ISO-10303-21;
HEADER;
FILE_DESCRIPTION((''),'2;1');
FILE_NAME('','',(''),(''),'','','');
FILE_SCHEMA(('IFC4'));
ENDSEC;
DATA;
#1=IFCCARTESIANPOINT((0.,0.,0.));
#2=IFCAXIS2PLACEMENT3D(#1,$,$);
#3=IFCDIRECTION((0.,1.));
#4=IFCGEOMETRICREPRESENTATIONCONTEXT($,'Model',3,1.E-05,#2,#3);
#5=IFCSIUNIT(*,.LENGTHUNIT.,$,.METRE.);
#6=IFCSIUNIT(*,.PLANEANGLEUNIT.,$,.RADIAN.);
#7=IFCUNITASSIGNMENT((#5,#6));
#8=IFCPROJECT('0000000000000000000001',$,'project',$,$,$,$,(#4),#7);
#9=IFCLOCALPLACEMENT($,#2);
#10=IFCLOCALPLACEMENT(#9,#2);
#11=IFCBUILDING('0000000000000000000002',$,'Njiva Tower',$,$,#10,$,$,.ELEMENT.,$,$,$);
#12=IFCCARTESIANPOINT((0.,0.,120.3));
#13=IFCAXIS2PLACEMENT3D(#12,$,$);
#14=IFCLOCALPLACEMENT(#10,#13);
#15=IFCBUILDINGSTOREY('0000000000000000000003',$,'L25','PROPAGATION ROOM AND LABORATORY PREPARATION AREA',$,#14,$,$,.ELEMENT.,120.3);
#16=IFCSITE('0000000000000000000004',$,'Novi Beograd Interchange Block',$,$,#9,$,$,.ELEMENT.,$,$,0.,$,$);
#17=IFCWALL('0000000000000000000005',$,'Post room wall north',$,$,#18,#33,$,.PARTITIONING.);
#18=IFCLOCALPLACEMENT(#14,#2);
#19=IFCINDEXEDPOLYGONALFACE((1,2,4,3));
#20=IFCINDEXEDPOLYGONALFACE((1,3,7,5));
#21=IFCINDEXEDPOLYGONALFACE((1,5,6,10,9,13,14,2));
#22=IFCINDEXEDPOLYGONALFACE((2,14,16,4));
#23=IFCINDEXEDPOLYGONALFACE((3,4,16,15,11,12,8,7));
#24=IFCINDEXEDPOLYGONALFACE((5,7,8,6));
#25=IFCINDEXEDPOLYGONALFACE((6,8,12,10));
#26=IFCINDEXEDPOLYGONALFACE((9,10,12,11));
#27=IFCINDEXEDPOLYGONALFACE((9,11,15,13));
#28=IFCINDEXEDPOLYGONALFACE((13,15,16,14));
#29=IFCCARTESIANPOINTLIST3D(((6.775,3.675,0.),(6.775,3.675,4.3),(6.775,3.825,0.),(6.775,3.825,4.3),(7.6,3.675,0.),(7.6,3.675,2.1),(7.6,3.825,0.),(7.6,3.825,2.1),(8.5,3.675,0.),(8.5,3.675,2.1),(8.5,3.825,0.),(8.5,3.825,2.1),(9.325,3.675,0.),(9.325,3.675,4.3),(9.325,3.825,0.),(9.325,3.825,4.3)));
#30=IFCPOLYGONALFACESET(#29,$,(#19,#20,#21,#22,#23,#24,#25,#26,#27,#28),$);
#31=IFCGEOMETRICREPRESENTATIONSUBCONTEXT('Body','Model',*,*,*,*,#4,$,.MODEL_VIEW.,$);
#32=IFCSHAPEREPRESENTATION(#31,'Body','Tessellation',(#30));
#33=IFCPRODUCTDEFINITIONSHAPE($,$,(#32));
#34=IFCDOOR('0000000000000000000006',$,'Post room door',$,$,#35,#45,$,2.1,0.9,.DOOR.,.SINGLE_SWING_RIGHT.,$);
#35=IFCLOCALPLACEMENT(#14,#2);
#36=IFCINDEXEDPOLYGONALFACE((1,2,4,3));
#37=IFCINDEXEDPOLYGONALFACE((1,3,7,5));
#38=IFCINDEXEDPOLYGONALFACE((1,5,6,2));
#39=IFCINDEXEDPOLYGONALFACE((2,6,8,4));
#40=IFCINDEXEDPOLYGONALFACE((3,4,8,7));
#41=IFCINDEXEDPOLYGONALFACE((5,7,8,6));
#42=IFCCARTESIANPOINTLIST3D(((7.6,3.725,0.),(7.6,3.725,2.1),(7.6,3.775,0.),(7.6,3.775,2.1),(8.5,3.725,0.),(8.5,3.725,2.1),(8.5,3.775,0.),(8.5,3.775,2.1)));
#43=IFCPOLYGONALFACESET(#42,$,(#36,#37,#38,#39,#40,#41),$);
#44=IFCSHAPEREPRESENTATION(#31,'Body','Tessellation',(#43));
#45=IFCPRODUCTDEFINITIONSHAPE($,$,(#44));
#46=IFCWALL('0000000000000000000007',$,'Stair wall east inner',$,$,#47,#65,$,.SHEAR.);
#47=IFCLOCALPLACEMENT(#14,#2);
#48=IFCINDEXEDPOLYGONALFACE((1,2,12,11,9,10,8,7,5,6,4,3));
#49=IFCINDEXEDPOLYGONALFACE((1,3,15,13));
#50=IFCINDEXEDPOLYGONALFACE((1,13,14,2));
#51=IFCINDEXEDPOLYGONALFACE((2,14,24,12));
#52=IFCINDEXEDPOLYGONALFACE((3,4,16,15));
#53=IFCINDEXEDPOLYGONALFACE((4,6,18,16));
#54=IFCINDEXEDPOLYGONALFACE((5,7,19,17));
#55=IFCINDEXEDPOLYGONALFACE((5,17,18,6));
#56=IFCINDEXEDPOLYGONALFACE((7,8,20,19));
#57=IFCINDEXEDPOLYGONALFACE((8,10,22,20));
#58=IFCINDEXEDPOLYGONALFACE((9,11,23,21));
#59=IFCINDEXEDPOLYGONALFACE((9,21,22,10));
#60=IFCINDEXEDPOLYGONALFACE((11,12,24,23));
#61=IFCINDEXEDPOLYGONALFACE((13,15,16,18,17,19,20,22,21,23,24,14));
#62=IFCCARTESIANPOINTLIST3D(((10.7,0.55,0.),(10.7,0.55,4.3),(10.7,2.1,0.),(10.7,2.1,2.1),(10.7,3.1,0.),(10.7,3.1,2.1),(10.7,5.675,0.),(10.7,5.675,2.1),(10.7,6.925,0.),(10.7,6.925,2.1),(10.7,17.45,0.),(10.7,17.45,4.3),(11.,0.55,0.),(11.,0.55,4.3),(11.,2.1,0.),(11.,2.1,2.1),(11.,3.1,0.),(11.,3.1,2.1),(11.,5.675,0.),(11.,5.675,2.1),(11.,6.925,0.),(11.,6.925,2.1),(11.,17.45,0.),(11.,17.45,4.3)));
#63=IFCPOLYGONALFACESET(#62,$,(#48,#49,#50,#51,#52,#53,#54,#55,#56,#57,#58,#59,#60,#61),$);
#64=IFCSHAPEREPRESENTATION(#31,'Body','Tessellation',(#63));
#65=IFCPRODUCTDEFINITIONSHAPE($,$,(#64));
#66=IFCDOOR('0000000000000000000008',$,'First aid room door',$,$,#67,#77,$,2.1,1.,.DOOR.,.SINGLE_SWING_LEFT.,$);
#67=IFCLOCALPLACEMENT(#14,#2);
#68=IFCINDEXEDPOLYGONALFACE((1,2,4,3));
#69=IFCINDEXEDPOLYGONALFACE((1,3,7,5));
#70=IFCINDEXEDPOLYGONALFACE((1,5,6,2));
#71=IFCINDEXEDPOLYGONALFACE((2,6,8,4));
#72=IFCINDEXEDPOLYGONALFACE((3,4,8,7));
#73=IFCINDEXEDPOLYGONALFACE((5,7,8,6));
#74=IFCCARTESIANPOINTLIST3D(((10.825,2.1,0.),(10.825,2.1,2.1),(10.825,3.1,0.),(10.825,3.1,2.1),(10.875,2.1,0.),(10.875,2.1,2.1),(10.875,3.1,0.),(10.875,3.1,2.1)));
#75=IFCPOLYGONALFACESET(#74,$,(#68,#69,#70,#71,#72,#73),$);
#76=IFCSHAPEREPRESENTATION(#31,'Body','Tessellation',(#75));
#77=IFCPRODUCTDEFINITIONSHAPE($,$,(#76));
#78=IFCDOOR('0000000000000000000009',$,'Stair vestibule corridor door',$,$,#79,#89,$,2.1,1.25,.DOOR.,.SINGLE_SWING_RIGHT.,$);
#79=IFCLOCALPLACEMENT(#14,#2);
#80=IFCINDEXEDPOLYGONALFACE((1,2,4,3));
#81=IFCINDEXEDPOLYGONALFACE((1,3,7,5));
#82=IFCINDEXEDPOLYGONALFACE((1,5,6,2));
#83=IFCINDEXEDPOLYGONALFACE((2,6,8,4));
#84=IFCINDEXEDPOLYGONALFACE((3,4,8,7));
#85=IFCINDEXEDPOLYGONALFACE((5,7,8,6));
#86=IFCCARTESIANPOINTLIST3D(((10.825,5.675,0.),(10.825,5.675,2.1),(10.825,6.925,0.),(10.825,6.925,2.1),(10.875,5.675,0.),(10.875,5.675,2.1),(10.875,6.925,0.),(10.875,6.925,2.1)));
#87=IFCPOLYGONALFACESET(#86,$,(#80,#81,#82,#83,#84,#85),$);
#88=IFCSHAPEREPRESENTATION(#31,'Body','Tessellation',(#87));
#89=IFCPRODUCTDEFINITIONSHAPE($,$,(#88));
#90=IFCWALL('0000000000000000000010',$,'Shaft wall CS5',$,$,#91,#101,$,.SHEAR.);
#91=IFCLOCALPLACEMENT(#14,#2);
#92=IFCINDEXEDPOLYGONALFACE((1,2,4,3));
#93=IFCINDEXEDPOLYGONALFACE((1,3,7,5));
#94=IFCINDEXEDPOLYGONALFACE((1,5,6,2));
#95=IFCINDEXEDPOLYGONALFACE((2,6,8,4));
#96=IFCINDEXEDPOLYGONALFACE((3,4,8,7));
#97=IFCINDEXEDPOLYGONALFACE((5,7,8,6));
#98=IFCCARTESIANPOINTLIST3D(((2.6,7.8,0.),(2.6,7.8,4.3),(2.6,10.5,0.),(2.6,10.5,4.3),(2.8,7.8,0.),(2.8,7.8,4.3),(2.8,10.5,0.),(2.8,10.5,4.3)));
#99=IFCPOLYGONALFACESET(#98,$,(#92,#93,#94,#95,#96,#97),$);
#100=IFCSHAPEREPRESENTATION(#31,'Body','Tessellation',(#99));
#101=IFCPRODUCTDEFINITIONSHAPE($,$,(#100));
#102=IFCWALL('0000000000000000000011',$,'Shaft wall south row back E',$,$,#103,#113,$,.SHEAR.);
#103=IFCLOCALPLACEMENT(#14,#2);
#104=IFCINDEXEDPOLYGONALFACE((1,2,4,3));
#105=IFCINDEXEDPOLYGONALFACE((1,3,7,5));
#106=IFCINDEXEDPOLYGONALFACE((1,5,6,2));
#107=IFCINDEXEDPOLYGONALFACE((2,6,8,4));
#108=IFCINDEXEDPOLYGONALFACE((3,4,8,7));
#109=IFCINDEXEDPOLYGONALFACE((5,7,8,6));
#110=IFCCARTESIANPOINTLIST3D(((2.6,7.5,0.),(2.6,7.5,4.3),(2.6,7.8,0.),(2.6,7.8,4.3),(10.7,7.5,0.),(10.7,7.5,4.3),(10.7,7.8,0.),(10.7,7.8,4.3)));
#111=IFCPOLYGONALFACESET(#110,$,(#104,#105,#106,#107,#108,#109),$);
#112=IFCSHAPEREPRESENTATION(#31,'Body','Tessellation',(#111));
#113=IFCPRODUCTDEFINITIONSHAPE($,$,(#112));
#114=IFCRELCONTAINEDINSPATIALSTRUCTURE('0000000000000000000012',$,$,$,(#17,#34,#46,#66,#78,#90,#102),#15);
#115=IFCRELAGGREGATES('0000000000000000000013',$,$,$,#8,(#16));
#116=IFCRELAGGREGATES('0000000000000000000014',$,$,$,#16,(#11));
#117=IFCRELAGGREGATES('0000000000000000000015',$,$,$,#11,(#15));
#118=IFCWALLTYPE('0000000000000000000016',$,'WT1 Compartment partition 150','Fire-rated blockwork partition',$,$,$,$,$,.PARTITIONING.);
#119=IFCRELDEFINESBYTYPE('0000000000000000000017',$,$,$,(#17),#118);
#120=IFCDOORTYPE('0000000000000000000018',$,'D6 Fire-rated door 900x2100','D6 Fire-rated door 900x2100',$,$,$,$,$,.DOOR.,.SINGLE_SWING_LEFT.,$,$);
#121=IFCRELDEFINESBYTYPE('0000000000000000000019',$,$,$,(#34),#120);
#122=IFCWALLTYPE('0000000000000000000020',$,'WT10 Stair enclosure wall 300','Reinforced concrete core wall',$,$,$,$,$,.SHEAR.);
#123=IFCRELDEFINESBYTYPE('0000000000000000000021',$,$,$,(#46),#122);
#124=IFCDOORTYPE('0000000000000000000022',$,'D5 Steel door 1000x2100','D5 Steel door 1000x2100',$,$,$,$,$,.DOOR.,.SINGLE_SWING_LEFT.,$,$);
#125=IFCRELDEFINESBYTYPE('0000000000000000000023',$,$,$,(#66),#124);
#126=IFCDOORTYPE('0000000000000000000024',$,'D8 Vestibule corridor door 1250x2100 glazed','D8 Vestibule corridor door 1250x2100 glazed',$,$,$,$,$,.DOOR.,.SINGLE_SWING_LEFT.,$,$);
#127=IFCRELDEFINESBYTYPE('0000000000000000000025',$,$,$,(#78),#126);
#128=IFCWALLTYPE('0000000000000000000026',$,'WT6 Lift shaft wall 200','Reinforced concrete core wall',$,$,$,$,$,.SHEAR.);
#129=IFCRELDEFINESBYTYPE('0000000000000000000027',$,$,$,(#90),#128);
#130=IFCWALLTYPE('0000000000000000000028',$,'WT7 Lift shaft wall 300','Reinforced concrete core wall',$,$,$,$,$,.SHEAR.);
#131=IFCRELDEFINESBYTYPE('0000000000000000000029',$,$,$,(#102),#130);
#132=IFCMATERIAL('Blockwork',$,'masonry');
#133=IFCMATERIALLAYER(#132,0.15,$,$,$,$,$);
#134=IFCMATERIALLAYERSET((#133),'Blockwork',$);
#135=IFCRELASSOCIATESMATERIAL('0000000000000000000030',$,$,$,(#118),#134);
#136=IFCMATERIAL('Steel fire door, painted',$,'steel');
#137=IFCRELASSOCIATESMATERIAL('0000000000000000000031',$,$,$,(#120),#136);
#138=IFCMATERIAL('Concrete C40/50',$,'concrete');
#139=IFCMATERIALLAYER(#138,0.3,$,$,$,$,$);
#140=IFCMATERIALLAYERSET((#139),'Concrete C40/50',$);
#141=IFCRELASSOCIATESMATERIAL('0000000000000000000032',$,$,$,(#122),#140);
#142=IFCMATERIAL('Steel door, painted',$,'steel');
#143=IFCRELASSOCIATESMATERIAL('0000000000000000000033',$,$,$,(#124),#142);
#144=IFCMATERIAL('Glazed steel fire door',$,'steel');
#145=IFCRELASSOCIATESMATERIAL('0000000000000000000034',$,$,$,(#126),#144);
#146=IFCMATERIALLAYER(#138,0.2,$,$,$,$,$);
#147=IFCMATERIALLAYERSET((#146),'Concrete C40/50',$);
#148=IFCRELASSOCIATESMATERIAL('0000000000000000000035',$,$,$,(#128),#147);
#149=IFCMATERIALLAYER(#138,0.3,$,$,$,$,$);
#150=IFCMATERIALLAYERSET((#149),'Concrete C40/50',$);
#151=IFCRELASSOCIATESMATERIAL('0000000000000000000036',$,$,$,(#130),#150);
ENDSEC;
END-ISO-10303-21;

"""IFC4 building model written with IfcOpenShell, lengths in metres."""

from ifc_helpers import new_model, si_unit, direction, frame, frame_2d, origin, place, context, subcontext, project, spatial, rectangle, extrude, material, layer, layer_set, type_object, element, fill, save


model = new_model("IFC4")

# Units and contexts
model_context = context("Model", 3, precision=1e-05, world=origin(), true_north=direction((0.0, 1.0)))
body_context = subcontext(model_context, "Body", "Model", "MODEL_VIEW")
ifc_project = project(units=[si_unit("LENGTHUNIT", "METRE"), si_unit("PLANEANGLEUNIT", "RADIAN")], contexts=[model_context])

# Site, building, storey
site_placement = place(None, origin())
site = spatial("IfcSite", under=ifc_project, at=site_placement, Name="Novi Beograd Interchange Block", CompositionType="ELEMENT", RefElevation=0.0)
building_placement = place(site_placement, origin())
building = spatial("IfcBuilding", under=site, at=building_placement, Name="Njiva Tower", CompositionType="ELEMENT")
storey_placement = place(building_placement, frame((0.0, 0.0, 120.3)))
storey = spatial("IfcBuildingStorey", under=building, at=storey_placement, Name="L25", Description="PROPAGATION ROOM AND LABORATORY PREPARATION AREA", CompositionType="ELEMENT", Elevation=120.3)

# Shared definitions
ifc_material_1 = material(Name="Concrete C40/50", Category="concrete")

# Shared definitions
ifc_material_2 = material(Name="Blockwork", Category="masonry")
ifc_layer_1 = layer(ifc_material_2, 0.15)
ifc_layer_set_1 = layer_set([ifc_layer_1], Name="Blockwork")
wall_type_1 = type_object("IfcWallType", Name="WT1 Compartment partition 150", Description="Fire-rated blockwork partition", PredefinedType="PARTITIONING", material=ifc_layer_set_1)

# Shared definitions
ifc_material_3 = material(Name="Steel fire door, painted", Category="steel")
door_type_1 = type_object("IfcDoorType", Name="D6 Fire-rated door 900x2100", Description="D6 Fire-rated door 900x2100", OperationType="SINGLE_SWING_LEFT", PredefinedType="DOOR", material=ifc_material_3)

# Wall, opening, door
wall_1_placement = place(storey_placement, frame((6.775, 3.75, 0.0), z_axis=(0.0, 0.0, 1.0), x_axis=(1.0, 0.0, 0.0)))
wall_1 = element("IfcWall", 1, at=wall_1_placement, inside=storey, type_object=wall_type_1, Name="Post room wall north", PredefinedType="PARTITIONING", context=body_context, shape_type="SweptSolid", body=[
    extrude(rectangle(XDim=2.55, YDim=0.15, at=frame_2d((1.275, 0.0))), origin(), (0.0, 0.0, 1.0), 4.3),
])
opening_1_placement = place(wall_1_placement, frame((0.825, 0.0, 0.0)))
opening_1 = element("IfcOpeningElement", 2, at=opening_1_placement, cuts=wall_1, PredefinedType="OPENING", context=body_context, shape_type="SweptSolid", body=[
    extrude(rectangle(XDim=0.9, YDim=2.1, at=frame_2d((0.45, 1.05))), frame((0.0, 0.085, 0.0), z_axis=(0.0, -1.0, 0.0), x_axis=(1.0, 0.0, 0.0)), (0.0, 0.0, 1.0), 0.17),
])
door_1_placement = place(opening_1_placement, origin())
door_1 = element("IfcDoor", 3, at=door_1_placement, inside=storey, type_object=door_type_1, Name="Post room door", OperationType="SINGLE_SWING_RIGHT", OverallHeight=2.1, OverallWidth=0.9, PredefinedType="DOOR", context=body_context, shape_type="SweptSolid", body=[
    extrude(rectangle(XDim=0.9, YDim=2.1, at=frame_2d((0.45, 1.05))), frame((0.0, 0.025, 0.0), z_axis=(0.0, -1.0, 0.0), x_axis=(1.0, 0.0, 0.0)), (0.0, 0.0, 1.0), 0.05),
])
fill(opening_1, door_1)

# Wall, openings, doors
ifc_layer_2 = layer(ifc_material_1, 0.3)
ifc_layer_set_2 = layer_set([ifc_layer_2], Name="Concrete C40/50")
wall_type_2 = type_object("IfcWallType", Name="WT10 Stair enclosure wall 300", Description="Reinforced concrete core wall", PredefinedType="SHEAR", material=ifc_layer_set_2)
wall_2_placement = place(storey_placement, frame((10.85, 0.55, 0.0), z_axis=(0.0, 0.0, 1.0), x_axis=(0.0, 1.0, 0.0)))
wall_2 = element("IfcWall", 4, at=wall_2_placement, inside=storey, type_object=wall_type_2, Name="Stair wall east inner", PredefinedType="SHEAR", context=body_context, shape_type="SweptSolid", body=[
    extrude(rectangle(XDim=16.9, YDim=0.3, at=frame_2d((8.45, 0.0))), origin(), (0.0, 0.0, 1.0), 4.3),
])
opening_2_placement = place(wall_2_placement, frame((5.125, 0.0, 0.0)))
opening_2 = element("IfcOpeningElement", 5, at=opening_2_placement, cuts=wall_2, PredefinedType="OPENING", context=body_context, shape_type="SweptSolid", body=[
    extrude(rectangle(XDim=1.25, YDim=2.1, at=frame_2d((0.625, 1.05))), frame((0.0, 0.16, 0.0), z_axis=(0.0, -1.0, 0.0), x_axis=(1.0, 0.0, 0.0)), (0.0, 0.0, 1.0), 0.32),
])
opening_3_placement = place(wall_2_placement, frame((1.55, 0.0, 0.0)))
opening_3 = element("IfcOpeningElement", 6, at=opening_3_placement, cuts=wall_2, PredefinedType="OPENING", context=body_context, shape_type="SweptSolid", body=[
    extrude(rectangle(XDim=1.0, YDim=2.1, at=frame_2d((0.5, 1.05))), frame((0.0, 0.16, 0.0), z_axis=(0.0, -1.0, 0.0), x_axis=(1.0, 0.0, 0.0)), (0.0, 0.0, 1.0), 0.32),
])
ifc_material_4 = material(Name="Steel door, painted", Category="steel")
door_type_2 = type_object("IfcDoorType", Name="D5 Steel door 1000x2100", Description="D5 Steel door 1000x2100", OperationType="SINGLE_SWING_LEFT", PredefinedType="DOOR", material=ifc_material_4)
door_2_placement = place(opening_3_placement, origin())
door_2 = element("IfcDoor", 7, at=door_2_placement, inside=storey, type_object=door_type_2, Name="First aid room door", OperationType="SINGLE_SWING_LEFT", OverallHeight=2.1, OverallWidth=1.0, PredefinedType="DOOR", context=body_context, shape_type="SweptSolid", body=[
    extrude(rectangle(XDim=1.0, YDim=2.1, at=frame_2d((0.5, 1.05))), frame((0.0, 0.025, 0.0), z_axis=(0.0, -1.0, 0.0), x_axis=(1.0, 0.0, 0.0)), (0.0, 0.0, 1.0), 0.05),
])
fill(opening_3, door_2)
ifc_material_5 = material(Name="Glazed steel fire door", Category="steel")
door_type_3 = type_object("IfcDoorType", Name="D8 Vestibule corridor door 1250x2100 glazed", Description="D8 Vestibule corridor door 1250x2100 glazed", OperationType="SINGLE_SWING_LEFT", PredefinedType="DOOR", material=ifc_material_5)
door_3_placement = place(opening_2_placement, origin())
door_3 = element("IfcDoor", 8, at=door_3_placement, inside=storey, type_object=door_type_3, Name="Stair vestibule corridor door", OperationType="SINGLE_SWING_RIGHT", OverallHeight=2.1, OverallWidth=1.25, PredefinedType="DOOR", context=body_context, shape_type="SweptSolid", body=[
    extrude(rectangle(XDim=1.25, YDim=2.1, at=frame_2d((0.625, 1.05))), frame((0.0, 0.025, 0.0), z_axis=(0.0, -1.0, 0.0), x_axis=(1.0, 0.0, 0.0)), (0.0, 0.0, 1.0), 0.05),
])
fill(opening_2, door_3)

# Walls
ifc_layer_3 = layer(ifc_material_1, 0.2)
ifc_layer_set_3 = layer_set([ifc_layer_3], Name="Concrete C40/50")
wall_type_3 = type_object("IfcWallType", Name="WT6 Lift shaft wall 200", Description="Reinforced concrete core wall", PredefinedType="SHEAR", material=ifc_layer_set_3)
wall_3_placement = place(storey_placement, frame((2.7, 7.8, 0.0), z_axis=(0.0, 0.0, 1.0), x_axis=(0.0, 1.0, 0.0)))
element("IfcWall", 9, at=wall_3_placement, inside=storey, type_object=wall_type_3, Name="Shaft wall CS5", PredefinedType="SHEAR", context=body_context, shape_type="SweptSolid", body=[
    extrude(rectangle(XDim=2.7, YDim=0.2, at=frame_2d((1.35, 0.0))), origin(), (0.0, 0.0, 1.0), 4.3),
])
ifc_layer_4 = layer(ifc_material_1, 0.3)
ifc_layer_set_4 = layer_set([ifc_layer_4], Name="Concrete C40/50")
wall_type_4 = type_object("IfcWallType", Name="WT7 Lift shaft wall 300", Description="Reinforced concrete core wall", PredefinedType="SHEAR", material=ifc_layer_set_4)
wall_4_placement = place(storey_placement, frame((2.6, 7.65, 0.0), z_axis=(0.0, 0.0, 1.0), x_axis=(1.0, 0.0, 0.0)))
element("IfcWall", 10, at=wall_4_placement, inside=storey, type_object=wall_type_4, Name="Shaft wall south row back E", PredefinedType="SHEAR", context=body_context, shape_type="SweptSolid", body=[
    extrude(rectangle(XDim=8.1, YDim=0.3, at=frame_2d((4.05, 0.0))), origin(), (0.0, 0.0, 1.0), 4.3),
])

save(model, "model.ifc")
